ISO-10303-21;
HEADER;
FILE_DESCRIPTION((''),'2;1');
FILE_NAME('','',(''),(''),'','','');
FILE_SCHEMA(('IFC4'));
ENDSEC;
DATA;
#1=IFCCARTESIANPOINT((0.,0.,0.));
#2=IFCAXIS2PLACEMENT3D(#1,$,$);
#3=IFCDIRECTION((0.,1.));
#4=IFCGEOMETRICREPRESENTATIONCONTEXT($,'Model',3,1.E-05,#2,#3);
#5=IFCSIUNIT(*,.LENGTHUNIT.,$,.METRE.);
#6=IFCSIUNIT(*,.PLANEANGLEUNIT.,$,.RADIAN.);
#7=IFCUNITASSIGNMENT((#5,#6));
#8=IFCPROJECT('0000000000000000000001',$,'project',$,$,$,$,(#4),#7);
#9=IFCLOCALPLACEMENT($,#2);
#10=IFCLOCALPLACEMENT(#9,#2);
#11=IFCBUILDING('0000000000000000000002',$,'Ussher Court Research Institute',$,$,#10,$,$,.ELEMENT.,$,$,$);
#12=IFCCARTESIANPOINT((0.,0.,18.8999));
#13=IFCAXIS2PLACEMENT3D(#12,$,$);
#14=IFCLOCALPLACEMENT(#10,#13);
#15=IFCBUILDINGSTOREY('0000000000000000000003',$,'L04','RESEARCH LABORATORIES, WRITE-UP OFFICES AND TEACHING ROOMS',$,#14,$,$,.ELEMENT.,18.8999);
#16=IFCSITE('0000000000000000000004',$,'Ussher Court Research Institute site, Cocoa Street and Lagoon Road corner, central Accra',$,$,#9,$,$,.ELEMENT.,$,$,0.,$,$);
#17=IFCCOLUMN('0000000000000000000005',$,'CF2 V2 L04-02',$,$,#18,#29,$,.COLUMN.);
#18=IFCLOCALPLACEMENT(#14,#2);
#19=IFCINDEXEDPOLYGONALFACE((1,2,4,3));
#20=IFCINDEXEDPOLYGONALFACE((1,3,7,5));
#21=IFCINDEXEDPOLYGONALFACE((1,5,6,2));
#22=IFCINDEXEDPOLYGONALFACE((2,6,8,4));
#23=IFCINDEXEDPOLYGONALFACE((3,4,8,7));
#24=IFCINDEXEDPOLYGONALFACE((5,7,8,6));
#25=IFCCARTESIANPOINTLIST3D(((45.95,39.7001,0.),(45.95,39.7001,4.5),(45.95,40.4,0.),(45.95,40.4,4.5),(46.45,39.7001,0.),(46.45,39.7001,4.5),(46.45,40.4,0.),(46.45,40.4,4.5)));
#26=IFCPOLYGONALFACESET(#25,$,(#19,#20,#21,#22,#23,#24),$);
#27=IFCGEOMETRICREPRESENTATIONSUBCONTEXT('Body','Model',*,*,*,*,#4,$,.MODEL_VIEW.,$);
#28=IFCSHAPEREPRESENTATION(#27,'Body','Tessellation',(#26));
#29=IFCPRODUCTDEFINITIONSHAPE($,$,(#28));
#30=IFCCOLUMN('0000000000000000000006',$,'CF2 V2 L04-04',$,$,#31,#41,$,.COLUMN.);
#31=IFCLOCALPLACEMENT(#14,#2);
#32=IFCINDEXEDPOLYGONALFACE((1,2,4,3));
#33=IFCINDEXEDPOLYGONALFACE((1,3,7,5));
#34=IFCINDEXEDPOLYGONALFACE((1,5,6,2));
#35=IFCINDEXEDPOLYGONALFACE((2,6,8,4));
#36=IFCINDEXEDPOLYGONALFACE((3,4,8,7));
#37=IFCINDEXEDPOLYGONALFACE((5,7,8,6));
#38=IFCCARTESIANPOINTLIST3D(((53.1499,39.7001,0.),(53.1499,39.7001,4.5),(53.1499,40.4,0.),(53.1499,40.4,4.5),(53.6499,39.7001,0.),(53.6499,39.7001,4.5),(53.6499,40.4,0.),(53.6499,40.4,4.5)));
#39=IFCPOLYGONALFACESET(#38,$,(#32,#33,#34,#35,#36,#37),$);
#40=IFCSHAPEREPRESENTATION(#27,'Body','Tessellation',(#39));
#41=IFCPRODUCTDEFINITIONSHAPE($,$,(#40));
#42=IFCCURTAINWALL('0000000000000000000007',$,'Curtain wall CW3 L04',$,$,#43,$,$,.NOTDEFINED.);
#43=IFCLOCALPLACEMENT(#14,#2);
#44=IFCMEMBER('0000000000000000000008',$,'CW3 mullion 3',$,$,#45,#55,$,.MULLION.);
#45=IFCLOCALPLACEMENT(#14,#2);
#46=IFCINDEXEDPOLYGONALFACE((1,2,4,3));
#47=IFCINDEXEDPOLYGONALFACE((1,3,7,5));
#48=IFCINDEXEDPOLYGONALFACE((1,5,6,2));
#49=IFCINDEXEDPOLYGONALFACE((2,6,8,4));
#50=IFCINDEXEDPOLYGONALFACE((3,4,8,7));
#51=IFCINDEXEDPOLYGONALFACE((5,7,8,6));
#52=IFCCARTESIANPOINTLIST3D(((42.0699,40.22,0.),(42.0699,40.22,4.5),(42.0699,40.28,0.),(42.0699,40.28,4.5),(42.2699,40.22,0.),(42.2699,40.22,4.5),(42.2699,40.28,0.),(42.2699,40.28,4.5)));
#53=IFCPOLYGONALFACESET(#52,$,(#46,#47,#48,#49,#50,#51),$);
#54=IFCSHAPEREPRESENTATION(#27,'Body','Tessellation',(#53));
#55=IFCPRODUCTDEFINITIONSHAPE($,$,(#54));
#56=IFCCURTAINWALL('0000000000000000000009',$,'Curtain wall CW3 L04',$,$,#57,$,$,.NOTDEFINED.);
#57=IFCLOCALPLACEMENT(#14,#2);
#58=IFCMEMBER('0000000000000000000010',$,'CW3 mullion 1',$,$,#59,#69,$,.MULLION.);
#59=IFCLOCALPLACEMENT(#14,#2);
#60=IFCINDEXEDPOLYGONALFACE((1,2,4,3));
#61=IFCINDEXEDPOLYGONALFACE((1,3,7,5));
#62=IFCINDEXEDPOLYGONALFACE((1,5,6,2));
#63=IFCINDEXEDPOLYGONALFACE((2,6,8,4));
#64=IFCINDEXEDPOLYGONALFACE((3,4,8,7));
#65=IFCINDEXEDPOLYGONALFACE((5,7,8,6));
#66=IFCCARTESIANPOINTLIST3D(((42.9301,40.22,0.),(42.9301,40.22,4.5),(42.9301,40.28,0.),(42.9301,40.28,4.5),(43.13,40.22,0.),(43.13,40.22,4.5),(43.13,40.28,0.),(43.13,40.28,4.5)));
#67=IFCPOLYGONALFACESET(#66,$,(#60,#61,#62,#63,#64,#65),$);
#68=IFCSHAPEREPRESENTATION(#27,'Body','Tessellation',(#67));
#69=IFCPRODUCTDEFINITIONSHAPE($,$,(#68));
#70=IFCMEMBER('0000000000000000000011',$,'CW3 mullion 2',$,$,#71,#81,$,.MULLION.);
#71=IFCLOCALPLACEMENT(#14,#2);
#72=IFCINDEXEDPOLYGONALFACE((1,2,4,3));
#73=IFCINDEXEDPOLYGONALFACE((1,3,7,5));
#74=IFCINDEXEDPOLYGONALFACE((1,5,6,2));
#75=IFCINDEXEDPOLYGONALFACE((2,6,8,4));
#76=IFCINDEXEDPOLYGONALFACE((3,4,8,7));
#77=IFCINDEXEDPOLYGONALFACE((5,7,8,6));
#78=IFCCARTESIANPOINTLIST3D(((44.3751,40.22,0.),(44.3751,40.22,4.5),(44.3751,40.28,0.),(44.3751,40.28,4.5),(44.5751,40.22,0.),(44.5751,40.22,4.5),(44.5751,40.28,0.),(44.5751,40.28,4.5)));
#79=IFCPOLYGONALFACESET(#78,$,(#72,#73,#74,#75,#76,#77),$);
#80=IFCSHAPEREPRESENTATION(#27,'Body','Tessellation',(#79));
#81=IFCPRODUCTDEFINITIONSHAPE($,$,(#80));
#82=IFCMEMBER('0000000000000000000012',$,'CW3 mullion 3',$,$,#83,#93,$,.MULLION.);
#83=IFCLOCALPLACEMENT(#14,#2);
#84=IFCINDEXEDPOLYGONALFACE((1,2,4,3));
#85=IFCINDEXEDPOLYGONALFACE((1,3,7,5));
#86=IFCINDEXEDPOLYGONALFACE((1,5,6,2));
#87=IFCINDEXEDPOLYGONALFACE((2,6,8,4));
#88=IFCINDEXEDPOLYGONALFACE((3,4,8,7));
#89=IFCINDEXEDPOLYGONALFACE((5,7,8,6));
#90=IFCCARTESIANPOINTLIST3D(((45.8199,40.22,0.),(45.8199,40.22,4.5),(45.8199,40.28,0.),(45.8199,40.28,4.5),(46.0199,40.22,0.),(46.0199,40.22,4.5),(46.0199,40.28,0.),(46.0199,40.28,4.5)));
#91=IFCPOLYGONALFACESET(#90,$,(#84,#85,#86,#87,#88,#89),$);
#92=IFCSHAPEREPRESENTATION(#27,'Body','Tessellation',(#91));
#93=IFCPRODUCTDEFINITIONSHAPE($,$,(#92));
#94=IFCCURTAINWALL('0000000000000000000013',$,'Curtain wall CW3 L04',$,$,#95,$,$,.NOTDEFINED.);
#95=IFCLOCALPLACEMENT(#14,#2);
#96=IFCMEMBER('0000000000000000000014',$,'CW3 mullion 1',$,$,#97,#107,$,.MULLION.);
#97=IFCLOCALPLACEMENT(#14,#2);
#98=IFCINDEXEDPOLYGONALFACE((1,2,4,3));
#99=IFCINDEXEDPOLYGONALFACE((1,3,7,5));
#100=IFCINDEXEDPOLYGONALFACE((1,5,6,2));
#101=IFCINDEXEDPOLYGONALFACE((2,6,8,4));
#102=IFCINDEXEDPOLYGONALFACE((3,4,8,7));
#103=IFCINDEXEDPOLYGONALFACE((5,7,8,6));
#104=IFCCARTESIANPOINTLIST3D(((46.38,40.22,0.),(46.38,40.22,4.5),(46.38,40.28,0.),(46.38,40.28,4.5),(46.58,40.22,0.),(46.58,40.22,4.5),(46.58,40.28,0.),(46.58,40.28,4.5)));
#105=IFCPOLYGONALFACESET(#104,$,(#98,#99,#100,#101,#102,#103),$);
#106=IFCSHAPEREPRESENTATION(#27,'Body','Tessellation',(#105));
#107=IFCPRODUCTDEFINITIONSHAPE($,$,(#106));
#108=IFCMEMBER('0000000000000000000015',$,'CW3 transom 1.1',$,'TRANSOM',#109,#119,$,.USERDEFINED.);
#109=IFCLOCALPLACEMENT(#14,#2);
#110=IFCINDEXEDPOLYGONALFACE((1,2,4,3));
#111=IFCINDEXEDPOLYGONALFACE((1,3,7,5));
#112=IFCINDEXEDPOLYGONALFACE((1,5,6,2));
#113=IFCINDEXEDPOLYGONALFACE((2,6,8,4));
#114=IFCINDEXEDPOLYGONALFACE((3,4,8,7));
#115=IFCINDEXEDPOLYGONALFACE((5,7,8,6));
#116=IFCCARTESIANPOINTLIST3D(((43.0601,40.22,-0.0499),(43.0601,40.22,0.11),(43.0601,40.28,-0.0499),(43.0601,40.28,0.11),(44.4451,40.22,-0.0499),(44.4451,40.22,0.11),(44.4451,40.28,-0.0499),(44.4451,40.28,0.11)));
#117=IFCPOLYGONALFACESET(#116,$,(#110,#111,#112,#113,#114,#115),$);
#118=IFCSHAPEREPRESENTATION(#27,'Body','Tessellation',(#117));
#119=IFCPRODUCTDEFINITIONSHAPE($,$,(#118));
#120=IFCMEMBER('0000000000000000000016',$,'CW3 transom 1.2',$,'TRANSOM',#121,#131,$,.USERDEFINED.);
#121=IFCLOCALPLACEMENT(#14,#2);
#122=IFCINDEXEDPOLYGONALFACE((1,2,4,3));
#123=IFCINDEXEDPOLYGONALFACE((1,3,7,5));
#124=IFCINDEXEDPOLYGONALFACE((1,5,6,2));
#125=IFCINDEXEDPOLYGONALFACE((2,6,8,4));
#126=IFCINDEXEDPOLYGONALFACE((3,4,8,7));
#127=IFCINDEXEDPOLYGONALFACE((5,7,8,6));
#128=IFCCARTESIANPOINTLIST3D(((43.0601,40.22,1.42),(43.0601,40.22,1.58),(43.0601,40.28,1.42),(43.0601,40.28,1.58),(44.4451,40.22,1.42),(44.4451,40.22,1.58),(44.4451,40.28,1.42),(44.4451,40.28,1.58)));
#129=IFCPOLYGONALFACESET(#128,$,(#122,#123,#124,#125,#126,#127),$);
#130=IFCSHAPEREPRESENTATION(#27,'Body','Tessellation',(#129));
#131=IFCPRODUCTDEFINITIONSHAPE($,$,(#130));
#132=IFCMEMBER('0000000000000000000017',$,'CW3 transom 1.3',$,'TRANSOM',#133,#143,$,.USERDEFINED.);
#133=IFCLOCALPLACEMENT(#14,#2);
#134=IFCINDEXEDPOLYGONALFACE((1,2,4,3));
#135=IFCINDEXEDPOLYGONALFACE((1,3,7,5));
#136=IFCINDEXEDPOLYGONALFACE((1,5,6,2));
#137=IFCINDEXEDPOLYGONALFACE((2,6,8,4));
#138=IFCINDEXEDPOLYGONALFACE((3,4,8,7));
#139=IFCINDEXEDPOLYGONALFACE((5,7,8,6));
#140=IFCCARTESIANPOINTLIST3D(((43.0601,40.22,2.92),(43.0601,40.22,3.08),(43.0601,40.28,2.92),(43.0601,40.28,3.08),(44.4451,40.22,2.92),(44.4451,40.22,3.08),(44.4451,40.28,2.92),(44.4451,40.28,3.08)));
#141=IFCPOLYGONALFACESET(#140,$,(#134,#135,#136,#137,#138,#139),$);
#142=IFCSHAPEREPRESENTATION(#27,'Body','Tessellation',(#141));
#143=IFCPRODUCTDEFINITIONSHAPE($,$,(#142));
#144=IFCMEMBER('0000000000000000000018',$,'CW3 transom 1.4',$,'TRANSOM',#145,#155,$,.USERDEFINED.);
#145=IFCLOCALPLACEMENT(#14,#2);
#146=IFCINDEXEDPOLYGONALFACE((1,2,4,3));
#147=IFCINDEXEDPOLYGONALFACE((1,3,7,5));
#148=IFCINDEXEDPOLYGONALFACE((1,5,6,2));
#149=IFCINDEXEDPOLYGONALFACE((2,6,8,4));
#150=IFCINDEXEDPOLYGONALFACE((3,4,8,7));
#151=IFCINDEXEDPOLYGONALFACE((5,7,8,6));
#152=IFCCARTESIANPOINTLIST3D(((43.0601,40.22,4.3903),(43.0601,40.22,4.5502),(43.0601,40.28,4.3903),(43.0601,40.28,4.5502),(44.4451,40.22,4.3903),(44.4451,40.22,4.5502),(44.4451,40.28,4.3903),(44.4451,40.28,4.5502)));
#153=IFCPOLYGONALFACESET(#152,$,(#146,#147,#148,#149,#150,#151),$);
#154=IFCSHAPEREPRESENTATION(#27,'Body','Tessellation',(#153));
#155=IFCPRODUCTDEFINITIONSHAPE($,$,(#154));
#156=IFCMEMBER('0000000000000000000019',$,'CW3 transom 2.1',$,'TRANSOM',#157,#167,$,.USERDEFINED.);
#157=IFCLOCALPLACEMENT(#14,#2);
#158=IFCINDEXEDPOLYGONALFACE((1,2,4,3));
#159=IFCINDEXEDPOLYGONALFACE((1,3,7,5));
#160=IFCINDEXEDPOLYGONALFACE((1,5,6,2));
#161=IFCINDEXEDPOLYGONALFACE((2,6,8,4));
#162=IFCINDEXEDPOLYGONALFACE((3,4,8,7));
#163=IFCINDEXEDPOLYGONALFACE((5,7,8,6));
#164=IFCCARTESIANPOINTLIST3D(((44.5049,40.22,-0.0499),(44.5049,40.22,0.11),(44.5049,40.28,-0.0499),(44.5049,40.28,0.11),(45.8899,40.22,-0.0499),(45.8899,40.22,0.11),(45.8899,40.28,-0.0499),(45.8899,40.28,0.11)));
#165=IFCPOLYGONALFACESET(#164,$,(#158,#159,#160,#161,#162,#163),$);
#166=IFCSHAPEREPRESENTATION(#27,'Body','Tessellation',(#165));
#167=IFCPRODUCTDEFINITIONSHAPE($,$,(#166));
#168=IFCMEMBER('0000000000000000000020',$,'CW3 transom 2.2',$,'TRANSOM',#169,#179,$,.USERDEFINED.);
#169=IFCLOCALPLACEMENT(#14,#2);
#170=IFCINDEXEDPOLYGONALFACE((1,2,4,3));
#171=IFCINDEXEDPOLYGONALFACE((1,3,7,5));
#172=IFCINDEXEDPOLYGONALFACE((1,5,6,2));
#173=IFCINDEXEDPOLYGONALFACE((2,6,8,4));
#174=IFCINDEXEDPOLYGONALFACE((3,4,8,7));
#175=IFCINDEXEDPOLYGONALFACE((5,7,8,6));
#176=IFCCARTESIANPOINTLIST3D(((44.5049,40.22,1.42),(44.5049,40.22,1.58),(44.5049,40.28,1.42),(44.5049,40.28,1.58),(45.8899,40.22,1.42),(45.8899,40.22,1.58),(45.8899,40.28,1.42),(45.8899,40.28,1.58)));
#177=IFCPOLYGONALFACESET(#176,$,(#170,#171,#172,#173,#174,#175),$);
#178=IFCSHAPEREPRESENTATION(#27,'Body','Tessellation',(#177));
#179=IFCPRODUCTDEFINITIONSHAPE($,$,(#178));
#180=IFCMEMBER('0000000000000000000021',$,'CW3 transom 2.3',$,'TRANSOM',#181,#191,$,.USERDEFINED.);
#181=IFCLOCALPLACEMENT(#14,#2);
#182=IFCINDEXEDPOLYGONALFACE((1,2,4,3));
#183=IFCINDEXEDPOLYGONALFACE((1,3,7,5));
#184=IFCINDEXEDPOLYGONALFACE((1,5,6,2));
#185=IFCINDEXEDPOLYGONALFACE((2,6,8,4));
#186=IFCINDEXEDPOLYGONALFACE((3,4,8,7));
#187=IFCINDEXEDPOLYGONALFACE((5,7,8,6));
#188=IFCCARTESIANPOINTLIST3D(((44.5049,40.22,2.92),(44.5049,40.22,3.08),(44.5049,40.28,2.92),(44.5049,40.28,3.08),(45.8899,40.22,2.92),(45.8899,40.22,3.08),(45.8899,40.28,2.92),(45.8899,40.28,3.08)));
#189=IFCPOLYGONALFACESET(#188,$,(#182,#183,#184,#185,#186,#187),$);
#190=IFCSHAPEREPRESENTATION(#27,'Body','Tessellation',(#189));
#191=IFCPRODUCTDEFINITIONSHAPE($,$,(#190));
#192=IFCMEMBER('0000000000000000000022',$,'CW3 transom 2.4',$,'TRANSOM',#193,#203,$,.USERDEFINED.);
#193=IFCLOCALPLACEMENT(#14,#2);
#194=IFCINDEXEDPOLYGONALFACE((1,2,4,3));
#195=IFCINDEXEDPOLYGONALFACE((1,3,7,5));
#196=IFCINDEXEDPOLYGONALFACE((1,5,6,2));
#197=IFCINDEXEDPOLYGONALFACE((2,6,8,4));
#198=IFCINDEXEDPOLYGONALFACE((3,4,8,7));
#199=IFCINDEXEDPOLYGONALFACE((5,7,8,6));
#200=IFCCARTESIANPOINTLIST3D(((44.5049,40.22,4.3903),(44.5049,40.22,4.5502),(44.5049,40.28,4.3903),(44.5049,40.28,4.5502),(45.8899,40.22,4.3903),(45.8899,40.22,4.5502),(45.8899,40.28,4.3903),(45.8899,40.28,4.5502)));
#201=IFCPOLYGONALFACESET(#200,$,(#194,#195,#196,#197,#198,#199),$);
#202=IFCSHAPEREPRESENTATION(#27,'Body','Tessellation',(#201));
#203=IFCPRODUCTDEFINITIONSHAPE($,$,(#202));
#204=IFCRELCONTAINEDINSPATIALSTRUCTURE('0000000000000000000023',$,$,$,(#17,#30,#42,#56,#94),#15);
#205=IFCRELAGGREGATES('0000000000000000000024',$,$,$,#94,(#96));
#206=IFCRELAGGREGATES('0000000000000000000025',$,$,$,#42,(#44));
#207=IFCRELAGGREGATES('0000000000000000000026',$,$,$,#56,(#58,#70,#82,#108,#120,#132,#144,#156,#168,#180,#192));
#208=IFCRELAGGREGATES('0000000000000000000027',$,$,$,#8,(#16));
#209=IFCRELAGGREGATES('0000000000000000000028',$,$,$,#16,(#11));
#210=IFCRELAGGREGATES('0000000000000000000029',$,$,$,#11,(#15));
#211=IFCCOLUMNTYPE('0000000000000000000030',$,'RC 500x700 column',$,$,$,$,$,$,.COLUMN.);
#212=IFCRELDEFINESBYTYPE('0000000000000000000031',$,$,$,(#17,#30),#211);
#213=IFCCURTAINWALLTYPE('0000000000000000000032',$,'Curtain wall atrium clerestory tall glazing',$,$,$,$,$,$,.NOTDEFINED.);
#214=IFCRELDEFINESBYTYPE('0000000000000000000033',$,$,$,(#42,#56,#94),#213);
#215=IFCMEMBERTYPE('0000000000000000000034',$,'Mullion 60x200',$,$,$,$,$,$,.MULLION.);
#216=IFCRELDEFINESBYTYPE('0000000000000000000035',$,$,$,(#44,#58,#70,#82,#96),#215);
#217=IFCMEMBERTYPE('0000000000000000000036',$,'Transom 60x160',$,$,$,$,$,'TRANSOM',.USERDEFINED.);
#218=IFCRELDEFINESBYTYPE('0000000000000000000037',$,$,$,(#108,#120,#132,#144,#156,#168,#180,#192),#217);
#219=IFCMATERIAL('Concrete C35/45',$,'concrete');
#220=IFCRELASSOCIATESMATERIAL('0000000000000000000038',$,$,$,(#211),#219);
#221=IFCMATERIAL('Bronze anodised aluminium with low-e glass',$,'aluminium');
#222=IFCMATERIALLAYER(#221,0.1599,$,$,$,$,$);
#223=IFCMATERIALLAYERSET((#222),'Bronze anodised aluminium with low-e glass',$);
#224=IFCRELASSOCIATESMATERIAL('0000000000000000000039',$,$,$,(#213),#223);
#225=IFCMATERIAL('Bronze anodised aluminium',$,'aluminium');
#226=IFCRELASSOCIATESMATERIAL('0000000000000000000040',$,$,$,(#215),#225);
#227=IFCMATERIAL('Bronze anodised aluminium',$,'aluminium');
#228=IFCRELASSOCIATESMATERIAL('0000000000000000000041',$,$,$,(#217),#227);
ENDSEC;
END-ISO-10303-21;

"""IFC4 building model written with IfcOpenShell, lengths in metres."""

from ifc_helpers import new_model, si_unit, direction, frame, origin, origin_2d, place, context, subcontext, project, spatial, rectangle, extrude, material, layer, layer_set, material_profile, profile_set, type_object, element, aggregate, save


model = new_model("IFC4")

# Units and contexts
model_context = context("Model", 3, precision=1e-05, world=origin(), true_north=direction((0.0, 1.0)))
body_context = subcontext(model_context, "Body", "Model", "MODEL_VIEW")
ifc_project = project(units=[si_unit("LENGTHUNIT", "METRE"), si_unit("PLANEANGLEUNIT", "RADIAN")], contexts=[model_context])

# Site, building, storey
site_placement = place(None, origin())
site = spatial("IfcSite", under=ifc_project, at=site_placement, Name="Ussher Court Research Institute site, Cocoa Street and Lagoon Road corner, central Accra", CompositionType="ELEMENT", RefElevation=0.0)
building_placement = place(site_placement, origin())
building = spatial("IfcBuilding", under=site, at=building_placement, Name="Ussher Court Research Institute", CompositionType="ELEMENT")
storey_placement = place(building_placement, frame((0.0, 0.0, 18.8999)))
storey = spatial("IfcBuildingStorey", under=building, at=storey_placement, Name="L04", Description="RESEARCH LABORATORIES, WRITE-UP OFFICES AND TEACHING ROOMS", CompositionType="ELEMENT", Elevation=18.8999)

# Columns
ifc_material_1 = material(Name="Concrete C35/45", Category="concrete")
ifc_material_profile_1 = material_profile(ifc_material_1, rectangle(XDim=0.5, YDim=0.7, at=origin_2d()), Name="RC 500x700")
ifc_profile_set_1 = profile_set([ifc_material_profile_1], Name="Concrete C35/45")
column_type = type_object("IfcColumnType", Name="RC 500x700 column", PredefinedType="COLUMN", material=ifc_profile_set_1)
for number, where, z_axis, x_axis, name in (
    (1, (46.2, 40.05, 0.0), (0.0, 0.0, 1.0), (1.0, 0.0, 0.0), "CF2 V2 L04-02"),
    (2, (53.3999, 40.05, 0.0), (0.0, 0.0, 1.0), (1.0, 0.0, 0.0), "CF2 V2 L04-04"),
):
    element("IfcColumn", number, at=place(storey_placement, frame(where, z_axis=z_axis, x_axis=x_axis)), inside=storey, type_object=column_type, Name=name, PredefinedType="COLUMN", context=body_context, shape_type="SweptSolid", body=[
        extrude(rectangle(XDim=0.5, YDim=0.7, at=origin_2d()), origin(), (0.0, 0.0, 1.0), 4.5),
    ])

# Curtain wall, member
ifc_material_2 = material(Name="Bronze anodised aluminium with low-e glass", Category="aluminium")
ifc_layer_1 = layer(ifc_material_2, 0.1599)
ifc_layer_set_1 = layer_set([ifc_layer_1], Name="Bronze anodised aluminium with low-e glass")
curtain_wall_type = type_object("IfcCurtainWallType", Name="Curtain wall atrium clerestory tall glazing", PredefinedType="NOTDEFINED", material=ifc_layer_set_1)
curtain_wall_1_placement = place(storey_placement, origin())
curtain_wall_1 = element("IfcCurtainWall", 3, at=curtain_wall_1_placement, inside=storey, type_object=curtain_wall_type, Name="Curtain wall CW3 L04", PredefinedType="NOTDEFINED")
ifc_material_3 = material(Name="Bronze anodised aluminium", Category="aluminium")
ifc_material_profile_2 = material_profile(ifc_material_3, rectangle(XDim=0.0601, YDim=0.2, at=origin_2d()), Name="Mullion 60x200")
ifc_profile_set_2 = profile_set([ifc_material_profile_2], Name="Bronze anodised aluminium")
member_type_1 = type_object("IfcMemberType", Name="Mullion 60x200", PredefinedType="MULLION", material=ifc_profile_set_2)
member_1_placement = place(storey_placement, frame((42.1699, 40.25, 0.0), z_axis=(0.0, 0.0, 1.0), x_axis=(0.0, 1.0, 0.0)))
member_1 = element("IfcMember", 4, at=member_1_placement, type_object=member_type_1, Name="CW3 mullion 3", PredefinedType="MULLION", context=body_context, shape_type="SweptSolid", body=[
    extrude(rectangle(XDim=0.0601, YDim=0.2, at=origin_2d()), origin(), (0.0, 0.0, 1.0), 4.5),
])

# Curtain wall, members
curtain_wall_2_placement = place(storey_placement, origin())
curtain_wall_2 = element("IfcCurtainWall", 5, at=curtain_wall_2_placement, inside=storey, type_object=curtain_wall_type, Name="Curtain wall CW3 L04", PredefinedType="NOTDEFINED")
member_2_placement = place(storey_placement, frame((43.03, 40.25, 0.0), z_axis=(0.0, 0.0, 1.0), x_axis=(0.0, 1.0, 0.0)))
member_2 = element("IfcMember", 6, at=member_2_placement, type_object=member_type_1, Name="CW3 mullion 1", PredefinedType="MULLION", context=body_context, shape_type="SweptSolid", body=[
    extrude(rectangle(XDim=0.0601, YDim=0.2, at=origin_2d()), origin(), (0.0, 0.0, 1.0), 4.5),
])
member_3_placement = place(storey_placement, frame((44.4751, 40.25, 0.0), z_axis=(0.0, 0.0, 1.0), x_axis=(0.0, 1.0, 0.0)))
member_3 = element("IfcMember", 7, at=member_3_placement, type_object=member_type_1, Name="CW3 mullion 2", PredefinedType="MULLION", context=body_context, shape_type="SweptSolid", body=[
    extrude(rectangle(XDim=0.0601, YDim=0.2, at=origin_2d()), origin(), (0.0, 0.0, 1.0), 4.5),
])
member_4_placement = place(storey_placement, frame((45.9199, 40.25, 0.0), z_axis=(0.0, 0.0, 1.0), x_axis=(0.0, 1.0, 0.0)))
member_4 = element("IfcMember", 8, at=member_4_placement, type_object=member_type_1, Name="CW3 mullion 3", PredefinedType="MULLION", context=body_context, shape_type="SweptSolid", body=[
    extrude(rectangle(XDim=0.0601, YDim=0.2, at=origin_2d()), origin(), (0.0, 0.0, 1.0), 4.5),
])

# Curtain wall, member
curtain_wall_3_placement = place(storey_placement, origin())
curtain_wall_3 = element("IfcCurtainWall", 9, at=curtain_wall_3_placement, inside=storey, type_object=curtain_wall_type, Name="Curtain wall CW3 L04", PredefinedType="NOTDEFINED")
member_5_placement = place(storey_placement, frame((46.48, 40.25, 0.0), z_axis=(0.0, 0.0, 1.0), x_axis=(0.0, 1.0, 0.0)))
member_5 = element("IfcMember", 10, at=member_5_placement, type_object=member_type_1, Name="CW3 mullion 1", PredefinedType="MULLION", context=body_context, shape_type="SweptSolid", body=[
    extrude(rectangle(XDim=0.0601, YDim=0.2, at=origin_2d()), origin(), (0.0, 0.0, 1.0), 4.5),
])
aggregate(curtain_wall_3, [member_5])

# Members
ifc_material_4 = material(Name="Bronze anodised aluminium", Category="aluminium")
ifc_material_profile_3 = material_profile(ifc_material_4, rectangle(XDim=0.0601, YDim=0.1599, at=origin_2d()), Name="Transom 60x160")
ifc_profile_set_3 = profile_set([ifc_material_profile_3], Name="Bronze anodised aluminium")
member_type_2 = type_object("IfcMemberType", Name="Transom 60x160", ElementType="TRANSOM", PredefinedType="USERDEFINED", material=ifc_profile_set_3)
member_6_placement = place(storey_placement, frame((43.0601, 40.25, 0.03), z_axis=(1.0, 0.0, 0.0), x_axis=(0.0, 1.0, 0.0)))
member_6 = element("IfcMember", 11, at=member_6_placement, type_object=member_type_2, Name="CW3 transom 1.1", ObjectType="TRANSOM", PredefinedType="USERDEFINED", context=body_context, shape_type="SweptSolid", body=[
    extrude(rectangle(XDim=0.0601, YDim=0.1599, at=origin_2d()), origin(), (0.0, 0.0, 1.0), 1.385),
])
member_7_placement = place(storey_placement, frame((43.0601, 40.25, 1.5), z_axis=(1.0, 0.0, 0.0), x_axis=(0.0, 1.0, 0.0)))
member_7 = element("IfcMember", 12, at=member_7_placement, type_object=member_type_2, Name="CW3 transom 1.2", ObjectType="TRANSOM", PredefinedType="USERDEFINED", context=body_context, shape_type="SweptSolid", body=[
    extrude(rectangle(XDim=0.0601, YDim=0.1599, at=origin_2d()), origin(), (0.0, 0.0, 1.0), 1.385),
])
member_8_placement = place(storey_placement, frame((43.0601, 40.25, 3.0), z_axis=(1.0, 0.0, 0.0), x_axis=(0.0, 1.0, 0.0)))
member_8 = element("IfcMember", 13, at=member_8_placement, type_object=member_type_2, Name="CW3 transom 1.3", ObjectType="TRANSOM", PredefinedType="USERDEFINED", context=body_context, shape_type="SweptSolid", body=[
    extrude(rectangle(XDim=0.0601, YDim=0.1599, at=origin_2d()), origin(), (0.0, 0.0, 1.0), 1.385),
])
member_9_placement = place(storey_placement, frame((43.0601, 40.25, 4.4702), z_axis=(1.0, 0.0, 0.0), x_axis=(0.0, 1.0, 0.0)))
member_9 = element("IfcMember", 14, at=member_9_placement, type_object=member_type_2, Name="CW3 transom 1.4", ObjectType="TRANSOM", PredefinedType="USERDEFINED", context=body_context, shape_type="SweptSolid", body=[
    extrude(rectangle(XDim=0.0601, YDim=0.1599, at=origin_2d()), origin(), (0.0, 0.0, 1.0), 1.385),
])
member_10_placement = place(storey_placement, frame((44.5049, 40.25, 0.03), z_axis=(1.0, 0.0, 0.0), x_axis=(0.0, 1.0, 0.0)))
member_10 = element("IfcMember", 15, at=member_10_placement, type_object=member_type_2, Name="CW3 transom 2.1", ObjectType="TRANSOM", PredefinedType="USERDEFINED", context=body_context, shape_type="SweptSolid", body=[
    extrude(rectangle(XDim=0.0601, YDim=0.1599, at=origin_2d()), origin(), (0.0, 0.0, 1.0), 1.385),
])
member_11_placement = place(storey_placement, frame((44.5049, 40.25, 1.5), z_axis=(1.0, 0.0, 0.0), x_axis=(0.0, 1.0, 0.0)))
member_11 = element("IfcMember", 16, at=member_11_placement, type_object=member_type_2, Name="CW3 transom 2.2", ObjectType="TRANSOM", PredefinedType="USERDEFINED", context=body_context, shape_type="SweptSolid", body=[
    extrude(rectangle(XDim=0.0601, YDim=0.1599, at=origin_2d()), origin(), (0.0, 0.0, 1.0), 1.385),
])
member_12_placement = place(storey_placement, frame((44.5049, 40.25, 3.0), z_axis=(1.0, 0.0, 0.0), x_axis=(0.0, 1.0, 0.0)))
member_12 = element("IfcMember", 17, at=member_12_placement, type_object=member_type_2, Name="CW3 transom 2.3", ObjectType="TRANSOM", PredefinedType="USERDEFINED", context=body_context, shape_type="SweptSolid", body=[
    extrude(rectangle(XDim=0.0601, YDim=0.1599, at=origin_2d()), origin(), (0.0, 0.0, 1.0), 1.385),
])
member_13_placement = place(storey_placement, frame((44.5049, 40.25, 4.4702), z_axis=(1.0, 0.0, 0.0), x_axis=(0.0, 1.0, 0.0)))
member_13 = element("IfcMember", 18, at=member_13_placement, type_object=member_type_2, Name="CW3 transom 2.4", ObjectType="TRANSOM", PredefinedType="USERDEFINED", context=body_context, shape_type="SweptSolid", body=[
    extrude(rectangle(XDim=0.0601, YDim=0.1599, at=origin_2d()), origin(), (0.0, 0.0, 1.0), 1.385),
])

aggregate(curtain_wall_1, [member_1])
aggregate(curtain_wall_2, [member_2, member_3, member_4, member_6, member_7, member_8, member_9, member_10, member_11, member_12, member_13])

save(model, "model.ifc")
